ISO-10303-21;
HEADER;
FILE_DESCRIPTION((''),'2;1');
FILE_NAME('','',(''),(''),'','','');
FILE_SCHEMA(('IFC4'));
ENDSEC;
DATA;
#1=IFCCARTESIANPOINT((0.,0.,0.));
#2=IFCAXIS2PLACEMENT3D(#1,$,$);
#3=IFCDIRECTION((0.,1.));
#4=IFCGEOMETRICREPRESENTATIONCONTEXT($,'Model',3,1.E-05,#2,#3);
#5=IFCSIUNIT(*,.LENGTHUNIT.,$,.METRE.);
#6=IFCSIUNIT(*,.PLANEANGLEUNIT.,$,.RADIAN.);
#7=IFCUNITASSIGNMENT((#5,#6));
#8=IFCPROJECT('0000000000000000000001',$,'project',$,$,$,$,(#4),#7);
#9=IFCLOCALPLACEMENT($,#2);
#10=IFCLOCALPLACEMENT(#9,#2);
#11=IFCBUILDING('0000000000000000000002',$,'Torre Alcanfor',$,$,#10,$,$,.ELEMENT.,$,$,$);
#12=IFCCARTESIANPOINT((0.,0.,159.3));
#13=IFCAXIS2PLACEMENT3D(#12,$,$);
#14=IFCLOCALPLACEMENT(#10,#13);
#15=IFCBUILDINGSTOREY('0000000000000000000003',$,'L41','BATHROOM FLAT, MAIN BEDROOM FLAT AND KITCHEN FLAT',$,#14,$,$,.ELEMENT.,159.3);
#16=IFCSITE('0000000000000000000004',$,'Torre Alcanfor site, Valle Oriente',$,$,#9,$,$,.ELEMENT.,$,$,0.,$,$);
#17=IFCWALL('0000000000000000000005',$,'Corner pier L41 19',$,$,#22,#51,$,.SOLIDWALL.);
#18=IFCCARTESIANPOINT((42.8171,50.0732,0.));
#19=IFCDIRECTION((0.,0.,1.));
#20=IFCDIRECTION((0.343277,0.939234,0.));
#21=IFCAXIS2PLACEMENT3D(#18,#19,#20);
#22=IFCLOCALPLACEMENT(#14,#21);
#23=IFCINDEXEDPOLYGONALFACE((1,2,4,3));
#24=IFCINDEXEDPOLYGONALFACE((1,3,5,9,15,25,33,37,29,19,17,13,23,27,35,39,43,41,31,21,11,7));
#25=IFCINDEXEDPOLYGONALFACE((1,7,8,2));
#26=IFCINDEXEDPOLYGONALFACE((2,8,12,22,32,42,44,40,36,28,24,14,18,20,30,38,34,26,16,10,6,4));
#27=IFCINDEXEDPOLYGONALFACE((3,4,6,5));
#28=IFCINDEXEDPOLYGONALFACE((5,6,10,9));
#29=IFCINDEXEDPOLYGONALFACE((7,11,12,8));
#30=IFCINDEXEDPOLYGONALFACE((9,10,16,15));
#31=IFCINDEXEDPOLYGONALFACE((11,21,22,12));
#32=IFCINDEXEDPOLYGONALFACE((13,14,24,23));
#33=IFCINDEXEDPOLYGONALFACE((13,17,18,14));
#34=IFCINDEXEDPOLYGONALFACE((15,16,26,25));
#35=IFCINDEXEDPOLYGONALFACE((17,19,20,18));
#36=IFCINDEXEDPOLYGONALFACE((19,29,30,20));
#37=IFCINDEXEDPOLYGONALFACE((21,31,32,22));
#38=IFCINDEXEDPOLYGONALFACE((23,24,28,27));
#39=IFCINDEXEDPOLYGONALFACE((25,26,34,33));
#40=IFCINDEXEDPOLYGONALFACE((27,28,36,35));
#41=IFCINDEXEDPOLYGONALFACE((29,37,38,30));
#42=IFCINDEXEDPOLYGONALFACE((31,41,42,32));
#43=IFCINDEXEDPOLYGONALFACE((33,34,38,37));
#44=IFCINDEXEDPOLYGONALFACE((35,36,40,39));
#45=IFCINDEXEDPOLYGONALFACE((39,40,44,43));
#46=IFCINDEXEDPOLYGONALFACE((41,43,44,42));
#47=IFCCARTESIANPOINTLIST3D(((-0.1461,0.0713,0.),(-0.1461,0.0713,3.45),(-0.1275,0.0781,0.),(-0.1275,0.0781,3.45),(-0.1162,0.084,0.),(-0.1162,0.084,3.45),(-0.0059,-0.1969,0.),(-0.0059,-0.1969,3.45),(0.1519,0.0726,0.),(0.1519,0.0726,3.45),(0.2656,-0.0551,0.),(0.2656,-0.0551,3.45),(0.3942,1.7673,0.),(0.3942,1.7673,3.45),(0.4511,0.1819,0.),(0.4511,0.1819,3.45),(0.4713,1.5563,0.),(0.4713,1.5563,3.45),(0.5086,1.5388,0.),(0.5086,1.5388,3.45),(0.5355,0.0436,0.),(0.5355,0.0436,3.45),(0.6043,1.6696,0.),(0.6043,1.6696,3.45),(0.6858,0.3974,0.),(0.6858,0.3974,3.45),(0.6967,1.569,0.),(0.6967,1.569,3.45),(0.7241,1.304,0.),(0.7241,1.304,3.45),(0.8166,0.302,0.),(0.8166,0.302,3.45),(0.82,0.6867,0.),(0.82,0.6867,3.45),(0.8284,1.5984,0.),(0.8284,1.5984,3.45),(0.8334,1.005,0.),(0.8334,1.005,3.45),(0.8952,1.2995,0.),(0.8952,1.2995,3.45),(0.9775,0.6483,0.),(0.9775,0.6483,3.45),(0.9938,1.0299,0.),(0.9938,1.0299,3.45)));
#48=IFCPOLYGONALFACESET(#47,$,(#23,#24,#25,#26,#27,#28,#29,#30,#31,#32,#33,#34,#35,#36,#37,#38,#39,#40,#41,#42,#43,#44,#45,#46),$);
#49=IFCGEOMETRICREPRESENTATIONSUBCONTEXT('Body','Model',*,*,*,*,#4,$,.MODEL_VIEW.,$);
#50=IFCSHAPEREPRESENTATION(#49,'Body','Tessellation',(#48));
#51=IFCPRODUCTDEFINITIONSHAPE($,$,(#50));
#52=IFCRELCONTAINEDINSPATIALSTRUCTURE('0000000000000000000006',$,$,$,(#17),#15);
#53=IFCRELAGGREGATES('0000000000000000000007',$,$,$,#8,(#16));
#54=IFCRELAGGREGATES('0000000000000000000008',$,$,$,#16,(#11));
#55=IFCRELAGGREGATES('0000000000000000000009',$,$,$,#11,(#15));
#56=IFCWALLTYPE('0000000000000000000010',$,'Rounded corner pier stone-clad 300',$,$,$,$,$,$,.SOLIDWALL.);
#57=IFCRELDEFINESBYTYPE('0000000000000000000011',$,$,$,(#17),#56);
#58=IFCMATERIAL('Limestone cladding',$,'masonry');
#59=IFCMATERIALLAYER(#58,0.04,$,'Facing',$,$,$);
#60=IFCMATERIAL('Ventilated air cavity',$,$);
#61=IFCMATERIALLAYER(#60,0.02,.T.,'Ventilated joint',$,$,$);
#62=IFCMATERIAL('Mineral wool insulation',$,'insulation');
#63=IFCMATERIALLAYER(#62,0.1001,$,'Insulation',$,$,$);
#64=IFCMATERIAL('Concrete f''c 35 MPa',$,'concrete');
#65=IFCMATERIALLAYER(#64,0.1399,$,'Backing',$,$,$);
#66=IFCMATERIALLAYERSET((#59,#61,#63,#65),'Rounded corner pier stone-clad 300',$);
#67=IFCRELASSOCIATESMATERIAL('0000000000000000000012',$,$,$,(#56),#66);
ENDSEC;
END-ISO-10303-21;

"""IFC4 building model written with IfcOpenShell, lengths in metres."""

from ifc_helpers import new_model, si_unit, direction, frame, origin, place, context, subcontext, project, spatial, polyline, outline, extrude, material, layer, layer_set, type_object, element, save


model = new_model("IFC4")

# Units and contexts
model_context = context("Model", 3, precision=1e-05, world=origin(), true_north=direction((0.0, 1.0)))
body_context = subcontext(model_context, "Body", "Model", "MODEL_VIEW")
ifc_project = project(units=[si_unit("LENGTHUNIT", "METRE"), si_unit("PLANEANGLEUNIT", "RADIAN")], contexts=[model_context])

# Site, building, storey
site_placement = place(None, origin())
site = spatial("IfcSite", under=ifc_project, at=site_placement, Name="Torre Alcanfor site, Valle Oriente", CompositionType="ELEMENT", RefElevation=0.0)
building_placement = place(site_placement, origin())
building = spatial("IfcBuilding", under=site, at=building_placement, Name="Torre Alcanfor", CompositionType="ELEMENT")
storey_placement = place(building_placement, frame((0.0, 0.0, 159.3)))
storey = spatial("IfcBuildingStorey", under=building, at=storey_placement, Name="L41", Description="BATHROOM FLAT, MAIN BEDROOM FLAT AND KITCHEN FLAT", CompositionType="ELEMENT", Elevation=159.3)

# Shared definitions
ifc_material_1 = material(Name="Limestone cladding", Category="masonry")
ifc_material_2 = material(Name="Ventilated air cavity")
ifc_material_3 = material(Name="Mineral wool insulation", Category="insulation")
ifc_material_4 = material(Name="Concrete f'c 35 MPa", Category="concrete")

# Wall
ifc_layer_1 = layer(ifc_material_1, 0.04, Name="Facing")
ifc_layer_2 = layer(ifc_material_2, 0.02, ventilated=True, Name="Ventilated joint")
ifc_layer_3 = layer(ifc_material_3, 0.1001, Name="Insulation")
ifc_layer_4 = layer(ifc_material_4, 0.1399, Name="Backing")
ifc_layer_set_1 = layer_set([ifc_layer_1, ifc_layer_2, ifc_layer_3, ifc_layer_4], Name="Rounded corner pier stone-clad 300")
wall_type_1 = type_object("IfcWallType", Name="Rounded corner pier stone-clad 300", PredefinedType="SOLIDWALL", material=ifc_layer_set_1)
wall_1_placement = place(storey_placement, frame((42.8171, 50.0732, 0.0), z_axis=(0.0, 0.0, 1.0), x_axis=(0.343277, 0.939234, 0.0)))
element("IfcWall", 1, at=wall_1_placement, inside=storey, type_object=wall_type_1, Name="Corner pier L41 19", PredefinedType="SOLIDWALL", context=body_context, shape_type="SweptSolid", body=[
    extrude(outline(polyline([(0.2656, -0.0551), (0.5355, 0.0436), (0.8166, 0.302), (0.9775, 0.6483), (0.9938, 1.0299), (0.8952, 1.2995), (0.8284, 1.5984), (0.6967, 1.569), (0.6043, 1.6696), (0.3942, 1.7673), (0.4713, 1.5563), (0.5086, 1.5388), (0.7241, 1.304), (0.8334, 1.005), (0.82, 0.6867), (0.6858, 0.3974), (0.4511, 0.1819), (0.1519, 0.0726), (-0.1162, 0.084), (-0.1275, 0.0781), (-0.1461, 0.0713), (-0.0059, -0.1969), (0.2656, -0.0551)])), origin(), (0.0, 0.0, 1.0), 3.45),
])

save(model, "model.ifc")
